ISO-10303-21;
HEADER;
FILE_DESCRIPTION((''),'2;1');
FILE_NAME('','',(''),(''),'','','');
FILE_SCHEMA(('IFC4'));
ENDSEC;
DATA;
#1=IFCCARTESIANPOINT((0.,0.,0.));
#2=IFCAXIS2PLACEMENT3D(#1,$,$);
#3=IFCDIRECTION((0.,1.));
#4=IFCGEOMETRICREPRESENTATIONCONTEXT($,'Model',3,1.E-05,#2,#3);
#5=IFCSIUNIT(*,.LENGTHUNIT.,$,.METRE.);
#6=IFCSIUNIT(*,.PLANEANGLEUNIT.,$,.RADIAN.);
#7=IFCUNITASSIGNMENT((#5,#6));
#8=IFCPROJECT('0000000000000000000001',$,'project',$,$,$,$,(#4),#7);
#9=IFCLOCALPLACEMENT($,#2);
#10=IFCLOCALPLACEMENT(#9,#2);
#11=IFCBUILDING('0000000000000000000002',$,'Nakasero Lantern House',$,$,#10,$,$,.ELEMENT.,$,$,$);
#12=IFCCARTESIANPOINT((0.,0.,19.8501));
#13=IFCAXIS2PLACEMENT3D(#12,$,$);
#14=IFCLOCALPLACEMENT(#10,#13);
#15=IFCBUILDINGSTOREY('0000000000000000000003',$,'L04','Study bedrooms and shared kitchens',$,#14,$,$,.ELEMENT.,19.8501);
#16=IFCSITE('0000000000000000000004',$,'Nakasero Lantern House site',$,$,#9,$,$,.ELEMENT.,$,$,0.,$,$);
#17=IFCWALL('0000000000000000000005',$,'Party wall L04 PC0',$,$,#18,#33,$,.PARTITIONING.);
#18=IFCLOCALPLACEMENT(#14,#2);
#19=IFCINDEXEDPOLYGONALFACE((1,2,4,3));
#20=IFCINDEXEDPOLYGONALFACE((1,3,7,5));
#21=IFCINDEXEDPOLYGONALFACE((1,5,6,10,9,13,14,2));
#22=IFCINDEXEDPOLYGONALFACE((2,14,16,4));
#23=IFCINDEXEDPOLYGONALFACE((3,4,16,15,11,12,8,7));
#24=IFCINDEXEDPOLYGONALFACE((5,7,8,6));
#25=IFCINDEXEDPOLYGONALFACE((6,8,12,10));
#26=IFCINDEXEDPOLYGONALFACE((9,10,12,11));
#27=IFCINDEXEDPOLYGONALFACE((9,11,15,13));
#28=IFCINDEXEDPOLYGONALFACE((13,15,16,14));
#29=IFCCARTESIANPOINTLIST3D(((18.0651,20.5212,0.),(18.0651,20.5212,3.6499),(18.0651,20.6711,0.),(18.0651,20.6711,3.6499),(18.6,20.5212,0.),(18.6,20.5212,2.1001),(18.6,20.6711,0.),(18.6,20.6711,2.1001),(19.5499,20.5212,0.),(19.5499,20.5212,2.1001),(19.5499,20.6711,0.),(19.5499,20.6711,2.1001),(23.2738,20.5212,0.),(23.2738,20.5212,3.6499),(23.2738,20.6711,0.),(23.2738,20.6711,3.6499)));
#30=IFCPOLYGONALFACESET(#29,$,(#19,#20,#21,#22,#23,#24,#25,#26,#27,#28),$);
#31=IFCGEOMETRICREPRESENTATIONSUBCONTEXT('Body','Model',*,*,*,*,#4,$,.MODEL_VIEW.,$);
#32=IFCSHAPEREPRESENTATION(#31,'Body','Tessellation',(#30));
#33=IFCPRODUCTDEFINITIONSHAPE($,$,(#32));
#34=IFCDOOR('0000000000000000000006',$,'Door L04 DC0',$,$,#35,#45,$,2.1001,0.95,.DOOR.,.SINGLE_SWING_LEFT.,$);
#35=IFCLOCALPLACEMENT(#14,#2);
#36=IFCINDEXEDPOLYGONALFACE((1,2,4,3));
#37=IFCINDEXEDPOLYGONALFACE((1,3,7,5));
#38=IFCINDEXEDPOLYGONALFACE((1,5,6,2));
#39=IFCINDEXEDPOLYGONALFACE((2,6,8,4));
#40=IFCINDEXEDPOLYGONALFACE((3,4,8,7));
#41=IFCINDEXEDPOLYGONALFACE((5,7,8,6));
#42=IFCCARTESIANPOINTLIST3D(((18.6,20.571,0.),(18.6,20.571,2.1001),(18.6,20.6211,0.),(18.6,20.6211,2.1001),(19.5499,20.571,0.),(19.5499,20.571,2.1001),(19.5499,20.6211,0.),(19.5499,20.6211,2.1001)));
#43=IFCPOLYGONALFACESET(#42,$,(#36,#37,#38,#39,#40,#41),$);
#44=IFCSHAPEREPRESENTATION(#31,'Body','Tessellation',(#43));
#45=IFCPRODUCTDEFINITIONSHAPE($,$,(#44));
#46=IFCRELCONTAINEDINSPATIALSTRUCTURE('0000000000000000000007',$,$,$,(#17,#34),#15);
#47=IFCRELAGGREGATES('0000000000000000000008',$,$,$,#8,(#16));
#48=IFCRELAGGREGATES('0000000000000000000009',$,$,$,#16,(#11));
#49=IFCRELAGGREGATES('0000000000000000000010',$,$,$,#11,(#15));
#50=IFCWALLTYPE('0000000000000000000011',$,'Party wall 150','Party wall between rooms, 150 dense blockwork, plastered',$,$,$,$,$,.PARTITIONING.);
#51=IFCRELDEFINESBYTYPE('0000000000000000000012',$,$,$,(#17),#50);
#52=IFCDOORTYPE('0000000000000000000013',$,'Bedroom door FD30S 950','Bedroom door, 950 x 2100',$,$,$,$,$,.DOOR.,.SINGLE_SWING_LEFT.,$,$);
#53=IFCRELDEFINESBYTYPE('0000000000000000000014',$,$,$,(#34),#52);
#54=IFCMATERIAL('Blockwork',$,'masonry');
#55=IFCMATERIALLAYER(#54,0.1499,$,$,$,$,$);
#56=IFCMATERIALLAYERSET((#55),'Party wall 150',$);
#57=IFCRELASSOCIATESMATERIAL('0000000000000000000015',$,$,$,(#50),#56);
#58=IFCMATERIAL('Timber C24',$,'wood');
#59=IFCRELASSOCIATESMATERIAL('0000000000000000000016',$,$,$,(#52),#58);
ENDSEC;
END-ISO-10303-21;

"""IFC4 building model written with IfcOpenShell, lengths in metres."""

from ifc_helpers import new_model, si_unit, direction, frame, frame_2d, origin, place, context, subcontext, project, spatial, rectangle, extrude, material, layer, layer_set, type_object, element, fill, save


model = new_model("IFC4")

# Units and contexts
model_context = context("Model", 3, precision=1e-05, world=origin(), true_north=direction((0.0, 1.0)))
body_context = subcontext(model_context, "Body", "Model", "MODEL_VIEW")
ifc_project = project(units=[si_unit("LENGTHUNIT", "METRE"), si_unit("PLANEANGLEUNIT", "RADIAN")], contexts=[model_context])

# Site, building, storey
site_placement = place(None, origin())
site = spatial("IfcSite", under=ifc_project, at=site_placement, Name="Nakasero Lantern House site", CompositionType="ELEMENT", RefElevation=0.0)
building_placement = place(site_placement, origin())
building = spatial("IfcBuilding", under=site, at=building_placement, Name="Nakasero Lantern House", CompositionType="ELEMENT")
storey_placement = place(building_placement, frame((0.0, 0.0, 19.8501)))
storey = spatial("IfcBuildingStorey", under=building, at=storey_placement, Name="L04", Description="Study bedrooms and shared kitchens", CompositionType="ELEMENT", Elevation=19.8501)

# Wall, opening, door
ifc_material_1 = material(Name="Blockwork", Category="masonry")
ifc_layer_1 = layer(ifc_material_1, 0.1499)
ifc_layer_set_1 = layer_set([ifc_layer_1], Name="Party wall 150")
wall_type_1 = type_object("IfcWallType", Name="Party wall 150", Description="Party wall between rooms, 150 dense blockwork, plastered", PredefinedType="PARTITIONING", material=ifc_layer_set_1)
wall_1_placement = place(storey_placement, frame((18.0649, 20.5962, 0.0), z_axis=(0.0, 0.0, 1.0), x_axis=(1.0, 0.0, 0.0)))
wall_1 = element("IfcWall", 1, at=wall_1_placement, inside=storey, type_object=wall_type_1, Name="Party wall L04 PC0", PredefinedType="PARTITIONING", context=body_context, shape_type="SweptSolid", body=[
    extrude(rectangle(XDim=5.2087, YDim=0.1499, at=frame_2d((2.6045, 0.0))), origin(), (0.0, 0.0, 1.0), 3.6499),
])
opening_1_placement = place(wall_1_placement, frame((0.5349, 0.0, 0.0)))
opening_1 = element("IfcOpeningElement", 2, at=opening_1_placement, cuts=wall_1, PredefinedType="OPENING", context=body_context, shape_type="SweptSolid", body=[
    extrude(rectangle(XDim=0.95, YDim=2.1001, at=frame_2d((0.4751, 1.05))), frame((0.0, 0.095, 0.0), z_axis=(0.0, -1.0, 0.0), x_axis=(1.0, 0.0, 0.0)), (0.0, 0.0, 1.0), 0.1899),
])
ifc_material_2 = material(Name="Timber C24", Category="wood")
door_type_1 = type_object("IfcDoorType", Name="Bedroom door FD30S 950", Description="Bedroom door, 950 x 2100", OperationType="SINGLE_SWING_LEFT", PredefinedType="DOOR", material=ifc_material_2)
door_1_placement = place(opening_1_placement, origin())
door_1 = element("IfcDoor", 3, at=door_1_placement, inside=storey, type_object=door_type_1, Name="Door L04 DC0", OperationType="SINGLE_SWING_LEFT", OverallHeight=2.1001, OverallWidth=0.95, PredefinedType="DOOR", context=body_context, shape_type="SweptSolid", body=[
    extrude(rectangle(XDim=0.95, YDim=2.1001, at=frame_2d((0.4751, 1.05))), frame((0.0, 0.0249, 0.0), z_axis=(0.0, -1.0, 0.0), x_axis=(1.0, 0.0, 0.0)), (0.0, 0.0, 1.0), 0.05),
])
fill(opening_1, door_1)

save(model, "model.ifc")
